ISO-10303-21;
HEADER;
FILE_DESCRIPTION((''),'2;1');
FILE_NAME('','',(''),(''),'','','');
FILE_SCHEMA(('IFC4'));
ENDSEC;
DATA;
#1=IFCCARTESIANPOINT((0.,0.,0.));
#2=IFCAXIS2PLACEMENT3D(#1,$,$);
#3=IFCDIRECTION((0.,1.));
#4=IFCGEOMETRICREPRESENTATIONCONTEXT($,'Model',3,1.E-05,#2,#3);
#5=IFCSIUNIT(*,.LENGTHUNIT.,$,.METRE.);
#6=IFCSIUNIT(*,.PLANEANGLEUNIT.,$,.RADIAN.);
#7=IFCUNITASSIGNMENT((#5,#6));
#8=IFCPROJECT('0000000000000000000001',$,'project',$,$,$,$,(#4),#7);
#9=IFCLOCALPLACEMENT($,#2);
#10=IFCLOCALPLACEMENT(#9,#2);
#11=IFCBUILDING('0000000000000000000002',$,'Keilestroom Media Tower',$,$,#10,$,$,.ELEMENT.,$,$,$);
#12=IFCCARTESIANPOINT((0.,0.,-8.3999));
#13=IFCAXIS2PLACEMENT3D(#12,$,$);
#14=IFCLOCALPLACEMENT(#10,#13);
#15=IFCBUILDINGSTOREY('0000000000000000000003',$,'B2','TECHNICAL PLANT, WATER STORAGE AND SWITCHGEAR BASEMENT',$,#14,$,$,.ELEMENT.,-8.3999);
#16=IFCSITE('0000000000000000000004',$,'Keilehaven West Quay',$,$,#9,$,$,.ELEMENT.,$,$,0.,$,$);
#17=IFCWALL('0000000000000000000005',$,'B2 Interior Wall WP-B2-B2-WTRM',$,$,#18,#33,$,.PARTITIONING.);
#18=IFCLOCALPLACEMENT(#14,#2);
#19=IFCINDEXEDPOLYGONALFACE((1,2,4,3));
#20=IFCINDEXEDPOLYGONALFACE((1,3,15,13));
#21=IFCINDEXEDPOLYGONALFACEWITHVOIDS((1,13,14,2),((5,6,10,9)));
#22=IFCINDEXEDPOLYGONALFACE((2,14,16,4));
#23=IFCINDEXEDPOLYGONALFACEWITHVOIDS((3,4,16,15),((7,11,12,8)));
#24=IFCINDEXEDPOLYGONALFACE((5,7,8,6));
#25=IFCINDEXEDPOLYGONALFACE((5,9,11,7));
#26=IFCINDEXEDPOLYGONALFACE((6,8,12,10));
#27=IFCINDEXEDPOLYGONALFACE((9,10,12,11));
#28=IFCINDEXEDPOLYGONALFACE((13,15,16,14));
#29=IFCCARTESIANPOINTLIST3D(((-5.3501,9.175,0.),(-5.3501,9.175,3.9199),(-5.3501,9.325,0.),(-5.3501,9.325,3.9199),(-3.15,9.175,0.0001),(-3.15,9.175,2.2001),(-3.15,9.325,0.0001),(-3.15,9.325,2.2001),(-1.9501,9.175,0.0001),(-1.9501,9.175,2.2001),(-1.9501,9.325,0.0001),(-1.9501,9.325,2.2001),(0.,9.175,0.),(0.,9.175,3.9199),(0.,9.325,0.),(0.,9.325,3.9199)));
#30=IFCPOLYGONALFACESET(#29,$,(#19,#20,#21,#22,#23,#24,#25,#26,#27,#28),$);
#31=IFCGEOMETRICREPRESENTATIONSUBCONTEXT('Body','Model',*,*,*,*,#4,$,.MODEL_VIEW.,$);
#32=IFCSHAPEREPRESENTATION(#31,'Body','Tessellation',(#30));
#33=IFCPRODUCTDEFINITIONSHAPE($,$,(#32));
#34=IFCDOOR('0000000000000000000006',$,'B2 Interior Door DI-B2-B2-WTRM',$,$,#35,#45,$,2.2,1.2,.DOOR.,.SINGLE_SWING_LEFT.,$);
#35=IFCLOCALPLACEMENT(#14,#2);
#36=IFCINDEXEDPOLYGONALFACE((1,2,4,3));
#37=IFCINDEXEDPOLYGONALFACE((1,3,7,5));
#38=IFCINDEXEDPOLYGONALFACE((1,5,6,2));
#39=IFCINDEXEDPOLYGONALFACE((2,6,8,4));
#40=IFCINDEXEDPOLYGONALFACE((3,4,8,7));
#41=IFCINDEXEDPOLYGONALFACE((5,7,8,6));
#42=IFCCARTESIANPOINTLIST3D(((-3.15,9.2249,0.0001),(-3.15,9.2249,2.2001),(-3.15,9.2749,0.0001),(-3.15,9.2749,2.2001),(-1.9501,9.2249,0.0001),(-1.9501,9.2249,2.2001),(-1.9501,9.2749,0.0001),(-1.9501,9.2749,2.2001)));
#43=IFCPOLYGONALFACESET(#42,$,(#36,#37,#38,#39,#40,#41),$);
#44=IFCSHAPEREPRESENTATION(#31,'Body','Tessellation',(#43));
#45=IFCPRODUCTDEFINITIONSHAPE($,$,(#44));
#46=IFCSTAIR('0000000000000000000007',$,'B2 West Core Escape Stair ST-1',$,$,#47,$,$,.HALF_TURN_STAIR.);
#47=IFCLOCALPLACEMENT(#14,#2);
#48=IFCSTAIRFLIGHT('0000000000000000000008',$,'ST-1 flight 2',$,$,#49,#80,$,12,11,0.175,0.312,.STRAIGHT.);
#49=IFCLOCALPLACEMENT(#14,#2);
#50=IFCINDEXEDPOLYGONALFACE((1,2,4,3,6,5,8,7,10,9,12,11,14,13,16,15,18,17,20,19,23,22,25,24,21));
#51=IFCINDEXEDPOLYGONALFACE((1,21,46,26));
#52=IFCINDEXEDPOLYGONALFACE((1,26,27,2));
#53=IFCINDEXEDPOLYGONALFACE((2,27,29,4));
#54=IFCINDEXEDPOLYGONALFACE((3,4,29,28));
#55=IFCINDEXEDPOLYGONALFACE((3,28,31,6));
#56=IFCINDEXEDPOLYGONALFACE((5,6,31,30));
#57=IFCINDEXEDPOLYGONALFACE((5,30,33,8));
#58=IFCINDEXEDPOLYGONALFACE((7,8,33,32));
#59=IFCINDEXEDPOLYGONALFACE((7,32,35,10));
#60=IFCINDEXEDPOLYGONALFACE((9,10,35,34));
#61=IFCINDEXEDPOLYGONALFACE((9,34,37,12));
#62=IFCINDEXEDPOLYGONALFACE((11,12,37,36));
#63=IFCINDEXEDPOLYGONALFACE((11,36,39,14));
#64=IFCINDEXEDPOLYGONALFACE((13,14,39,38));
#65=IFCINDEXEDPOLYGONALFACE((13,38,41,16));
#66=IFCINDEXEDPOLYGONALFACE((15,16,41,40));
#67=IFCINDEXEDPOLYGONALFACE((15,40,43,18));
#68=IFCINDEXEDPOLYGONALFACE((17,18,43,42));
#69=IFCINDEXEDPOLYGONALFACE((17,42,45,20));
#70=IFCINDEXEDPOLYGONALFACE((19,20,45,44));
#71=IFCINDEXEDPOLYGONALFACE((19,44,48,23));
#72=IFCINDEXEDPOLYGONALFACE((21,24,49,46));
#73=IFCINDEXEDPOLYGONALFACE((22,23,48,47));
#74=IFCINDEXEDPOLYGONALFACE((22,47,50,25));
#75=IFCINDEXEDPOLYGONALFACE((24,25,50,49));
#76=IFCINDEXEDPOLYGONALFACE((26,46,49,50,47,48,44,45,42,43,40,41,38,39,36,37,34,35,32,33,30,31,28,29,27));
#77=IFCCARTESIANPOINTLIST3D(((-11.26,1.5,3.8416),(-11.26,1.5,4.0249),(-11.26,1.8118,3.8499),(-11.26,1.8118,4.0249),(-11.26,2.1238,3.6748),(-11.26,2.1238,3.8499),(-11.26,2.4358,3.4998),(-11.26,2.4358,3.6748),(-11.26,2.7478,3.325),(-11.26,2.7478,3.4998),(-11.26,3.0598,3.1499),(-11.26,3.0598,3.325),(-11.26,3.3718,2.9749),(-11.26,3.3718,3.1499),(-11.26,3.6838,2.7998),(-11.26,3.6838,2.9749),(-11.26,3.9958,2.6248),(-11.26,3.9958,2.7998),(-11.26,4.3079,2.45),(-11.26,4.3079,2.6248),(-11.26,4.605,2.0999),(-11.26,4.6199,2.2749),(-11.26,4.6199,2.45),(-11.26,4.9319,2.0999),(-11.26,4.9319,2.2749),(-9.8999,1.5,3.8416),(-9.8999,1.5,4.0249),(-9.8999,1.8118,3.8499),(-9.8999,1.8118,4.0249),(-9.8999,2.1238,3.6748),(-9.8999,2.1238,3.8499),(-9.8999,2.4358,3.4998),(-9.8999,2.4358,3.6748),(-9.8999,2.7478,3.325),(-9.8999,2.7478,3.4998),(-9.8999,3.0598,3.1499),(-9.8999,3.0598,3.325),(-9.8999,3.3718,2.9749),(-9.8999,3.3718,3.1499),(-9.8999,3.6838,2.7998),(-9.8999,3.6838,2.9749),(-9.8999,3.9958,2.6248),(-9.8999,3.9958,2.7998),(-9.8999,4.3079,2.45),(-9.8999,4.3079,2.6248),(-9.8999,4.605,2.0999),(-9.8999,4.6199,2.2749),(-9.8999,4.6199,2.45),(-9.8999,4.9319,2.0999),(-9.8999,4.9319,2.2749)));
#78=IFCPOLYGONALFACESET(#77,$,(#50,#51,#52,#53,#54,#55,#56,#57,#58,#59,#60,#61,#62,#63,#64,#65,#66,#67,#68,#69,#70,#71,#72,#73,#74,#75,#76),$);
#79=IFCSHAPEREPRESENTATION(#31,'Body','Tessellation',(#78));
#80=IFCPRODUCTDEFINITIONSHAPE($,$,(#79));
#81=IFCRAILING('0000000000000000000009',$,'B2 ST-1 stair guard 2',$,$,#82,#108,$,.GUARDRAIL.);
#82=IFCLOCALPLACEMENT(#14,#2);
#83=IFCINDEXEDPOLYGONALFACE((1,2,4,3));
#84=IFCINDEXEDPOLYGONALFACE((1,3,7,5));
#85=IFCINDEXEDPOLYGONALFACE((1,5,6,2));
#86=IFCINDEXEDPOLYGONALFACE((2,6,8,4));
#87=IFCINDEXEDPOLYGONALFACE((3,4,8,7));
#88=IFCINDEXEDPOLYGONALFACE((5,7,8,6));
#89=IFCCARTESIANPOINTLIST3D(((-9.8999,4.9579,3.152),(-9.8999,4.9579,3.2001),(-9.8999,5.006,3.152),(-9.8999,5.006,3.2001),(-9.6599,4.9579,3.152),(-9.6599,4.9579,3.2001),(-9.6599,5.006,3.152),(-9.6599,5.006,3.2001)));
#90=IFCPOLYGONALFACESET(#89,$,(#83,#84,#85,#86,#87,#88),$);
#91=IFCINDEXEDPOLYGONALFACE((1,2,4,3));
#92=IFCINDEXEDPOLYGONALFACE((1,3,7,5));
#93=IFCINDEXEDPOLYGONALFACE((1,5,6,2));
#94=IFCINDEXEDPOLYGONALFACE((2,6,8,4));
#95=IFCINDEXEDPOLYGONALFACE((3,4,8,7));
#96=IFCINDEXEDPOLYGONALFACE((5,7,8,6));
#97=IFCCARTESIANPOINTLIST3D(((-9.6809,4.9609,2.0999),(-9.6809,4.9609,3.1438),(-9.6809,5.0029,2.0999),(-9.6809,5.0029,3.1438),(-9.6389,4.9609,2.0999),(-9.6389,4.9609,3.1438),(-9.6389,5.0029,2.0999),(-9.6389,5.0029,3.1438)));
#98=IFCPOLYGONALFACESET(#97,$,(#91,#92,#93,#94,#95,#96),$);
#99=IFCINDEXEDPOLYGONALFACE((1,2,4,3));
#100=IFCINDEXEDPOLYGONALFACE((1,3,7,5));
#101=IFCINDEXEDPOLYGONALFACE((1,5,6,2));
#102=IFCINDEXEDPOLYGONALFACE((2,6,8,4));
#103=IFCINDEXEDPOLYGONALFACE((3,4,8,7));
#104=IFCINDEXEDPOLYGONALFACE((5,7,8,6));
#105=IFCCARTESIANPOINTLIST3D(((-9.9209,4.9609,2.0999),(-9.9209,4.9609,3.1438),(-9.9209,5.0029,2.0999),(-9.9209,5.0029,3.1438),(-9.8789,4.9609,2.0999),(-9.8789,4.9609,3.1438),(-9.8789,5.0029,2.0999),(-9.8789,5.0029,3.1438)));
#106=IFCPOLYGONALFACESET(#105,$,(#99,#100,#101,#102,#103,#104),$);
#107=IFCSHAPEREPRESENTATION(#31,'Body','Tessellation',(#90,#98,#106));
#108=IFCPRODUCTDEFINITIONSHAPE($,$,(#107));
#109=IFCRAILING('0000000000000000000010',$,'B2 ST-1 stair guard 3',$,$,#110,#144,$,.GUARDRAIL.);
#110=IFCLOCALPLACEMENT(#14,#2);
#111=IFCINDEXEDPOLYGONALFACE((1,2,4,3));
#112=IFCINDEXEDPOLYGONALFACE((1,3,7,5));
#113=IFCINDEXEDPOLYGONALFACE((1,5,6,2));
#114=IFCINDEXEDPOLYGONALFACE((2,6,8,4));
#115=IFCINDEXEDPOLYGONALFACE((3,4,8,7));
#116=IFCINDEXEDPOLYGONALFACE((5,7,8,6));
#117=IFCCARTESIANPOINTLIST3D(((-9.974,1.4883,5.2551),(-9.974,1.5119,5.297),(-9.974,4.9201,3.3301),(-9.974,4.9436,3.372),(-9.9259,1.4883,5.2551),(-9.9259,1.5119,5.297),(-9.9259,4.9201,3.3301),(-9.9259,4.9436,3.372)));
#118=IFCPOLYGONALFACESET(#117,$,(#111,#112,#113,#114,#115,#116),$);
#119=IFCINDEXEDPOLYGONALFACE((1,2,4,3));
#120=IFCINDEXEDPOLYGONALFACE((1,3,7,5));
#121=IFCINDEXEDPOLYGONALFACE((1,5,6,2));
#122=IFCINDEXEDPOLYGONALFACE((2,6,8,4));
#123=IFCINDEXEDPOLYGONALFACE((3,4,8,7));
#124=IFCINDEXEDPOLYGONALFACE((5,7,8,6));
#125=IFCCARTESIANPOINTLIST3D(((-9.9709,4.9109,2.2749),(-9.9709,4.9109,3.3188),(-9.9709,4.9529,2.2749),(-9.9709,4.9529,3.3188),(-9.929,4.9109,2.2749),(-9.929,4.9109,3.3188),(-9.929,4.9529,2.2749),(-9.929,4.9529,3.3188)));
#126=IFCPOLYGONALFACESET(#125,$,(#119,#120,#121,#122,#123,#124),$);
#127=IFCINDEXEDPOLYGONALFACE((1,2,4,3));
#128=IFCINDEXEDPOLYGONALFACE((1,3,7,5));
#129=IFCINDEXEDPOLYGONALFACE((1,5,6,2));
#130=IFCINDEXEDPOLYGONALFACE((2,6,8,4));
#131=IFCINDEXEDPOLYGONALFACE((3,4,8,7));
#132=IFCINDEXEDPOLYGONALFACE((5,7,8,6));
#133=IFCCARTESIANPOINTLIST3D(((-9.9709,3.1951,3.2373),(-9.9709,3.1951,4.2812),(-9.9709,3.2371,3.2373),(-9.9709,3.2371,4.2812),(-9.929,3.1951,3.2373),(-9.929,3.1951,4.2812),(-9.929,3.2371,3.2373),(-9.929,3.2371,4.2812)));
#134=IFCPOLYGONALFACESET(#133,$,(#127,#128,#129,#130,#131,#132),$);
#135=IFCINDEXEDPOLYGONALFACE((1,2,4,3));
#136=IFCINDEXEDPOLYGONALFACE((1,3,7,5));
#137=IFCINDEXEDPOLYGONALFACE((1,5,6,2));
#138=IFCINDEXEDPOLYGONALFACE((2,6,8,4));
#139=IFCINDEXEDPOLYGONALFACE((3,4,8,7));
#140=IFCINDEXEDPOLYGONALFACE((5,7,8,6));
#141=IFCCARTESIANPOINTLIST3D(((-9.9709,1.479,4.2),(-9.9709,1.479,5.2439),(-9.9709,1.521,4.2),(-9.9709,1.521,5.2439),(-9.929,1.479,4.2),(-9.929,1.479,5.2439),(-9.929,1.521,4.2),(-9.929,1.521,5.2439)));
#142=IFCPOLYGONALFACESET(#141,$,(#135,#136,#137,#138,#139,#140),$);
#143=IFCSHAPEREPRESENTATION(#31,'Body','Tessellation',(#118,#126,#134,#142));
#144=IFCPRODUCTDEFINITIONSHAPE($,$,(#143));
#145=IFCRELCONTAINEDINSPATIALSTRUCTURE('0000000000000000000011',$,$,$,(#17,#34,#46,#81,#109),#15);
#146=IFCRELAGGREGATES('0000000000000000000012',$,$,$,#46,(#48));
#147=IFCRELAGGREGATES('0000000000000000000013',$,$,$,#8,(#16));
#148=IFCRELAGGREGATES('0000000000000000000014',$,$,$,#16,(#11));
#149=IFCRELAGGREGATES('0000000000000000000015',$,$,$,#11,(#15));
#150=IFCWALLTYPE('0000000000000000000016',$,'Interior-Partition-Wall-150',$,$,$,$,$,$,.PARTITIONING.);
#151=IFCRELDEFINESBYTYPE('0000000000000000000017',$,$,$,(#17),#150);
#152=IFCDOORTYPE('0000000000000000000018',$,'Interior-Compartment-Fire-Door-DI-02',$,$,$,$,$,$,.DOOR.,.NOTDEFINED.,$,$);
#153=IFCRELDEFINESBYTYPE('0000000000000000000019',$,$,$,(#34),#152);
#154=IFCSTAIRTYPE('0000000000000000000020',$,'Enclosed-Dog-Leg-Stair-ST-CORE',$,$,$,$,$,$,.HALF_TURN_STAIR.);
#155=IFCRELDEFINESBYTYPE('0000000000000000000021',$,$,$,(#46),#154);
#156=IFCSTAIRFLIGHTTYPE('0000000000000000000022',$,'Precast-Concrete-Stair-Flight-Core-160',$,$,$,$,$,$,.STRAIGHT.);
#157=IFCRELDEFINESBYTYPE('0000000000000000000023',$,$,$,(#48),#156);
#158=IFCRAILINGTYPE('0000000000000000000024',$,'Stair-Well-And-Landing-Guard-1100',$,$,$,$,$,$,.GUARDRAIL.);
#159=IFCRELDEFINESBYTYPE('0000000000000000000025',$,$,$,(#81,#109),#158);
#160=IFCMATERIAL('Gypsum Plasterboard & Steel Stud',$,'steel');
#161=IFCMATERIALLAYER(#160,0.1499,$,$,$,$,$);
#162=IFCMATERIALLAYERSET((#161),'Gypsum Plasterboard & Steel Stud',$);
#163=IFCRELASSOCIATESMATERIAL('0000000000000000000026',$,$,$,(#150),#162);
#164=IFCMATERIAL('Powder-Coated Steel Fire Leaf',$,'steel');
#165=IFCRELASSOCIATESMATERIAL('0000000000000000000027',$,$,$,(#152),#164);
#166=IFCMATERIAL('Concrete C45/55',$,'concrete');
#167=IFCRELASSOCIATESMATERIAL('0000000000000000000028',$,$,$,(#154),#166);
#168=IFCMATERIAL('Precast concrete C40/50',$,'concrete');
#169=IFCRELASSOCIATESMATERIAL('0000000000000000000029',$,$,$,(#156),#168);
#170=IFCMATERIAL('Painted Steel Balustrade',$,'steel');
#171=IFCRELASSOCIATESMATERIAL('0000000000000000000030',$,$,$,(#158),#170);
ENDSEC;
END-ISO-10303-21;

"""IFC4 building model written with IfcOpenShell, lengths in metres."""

from ifc_helpers import new_model, si_unit, direction, frame, frame_2d, origin, origin_2d, place, context, subcontext, project, spatial, polyline, rectangle, outline, extrude, source, transform, mapped, material, layer, layer_set, type_object, element, fill, aggregate, save


model = new_model("IFC4")

# Units and contexts
model_context = context("Model", 3, precision=1e-05, world=origin(), true_north=direction((0.0, 1.0)))
body_context = subcontext(model_context, "Body", "Model", "MODEL_VIEW")
ifc_project = project(units=[si_unit("LENGTHUNIT", "METRE"), si_unit("PLANEANGLEUNIT", "RADIAN")], contexts=[model_context])

# Site, building, storey
site_placement = place(None, origin())
site = spatial("IfcSite", under=ifc_project, at=site_placement, Name="Keilehaven West Quay", CompositionType="ELEMENT", RefElevation=0.0)
building_placement = place(site_placement, origin())
building = spatial("IfcBuilding", under=site, at=building_placement, Name="Keilestroom Media Tower", CompositionType="ELEMENT")
storey_placement = place(building_placement, frame((0.0, 0.0, -8.3999)))
storey = spatial("IfcBuildingStorey", under=building, at=storey_placement, Name="B2", Description="TECHNICAL PLANT, WATER STORAGE AND SWITCHGEAR BASEMENT", CompositionType="ELEMENT", Elevation=-8.3999)

# Shared definitions
ifc_material_1 = material(Name="Concrete C45/55", Category="concrete")

# Wall, opening, door
ifc_material_2 = material(Name="Gypsum Plasterboard & Steel Stud", Category="steel")
ifc_layer = layer(ifc_material_2, 0.1499)
ifc_layer_set = layer_set([ifc_layer], Name="Gypsum Plasterboard & Steel Stud")
wall_type = type_object("IfcWallType", Name="Interior-Partition-Wall-150", PredefinedType="PARTITIONING", material=ifc_layer_set)
wall_placement = place(storey_placement, frame((-5.3501, 9.25, 0.0), z_axis=(0.0, 0.0, 1.0), x_axis=(1.0, 0.0, 0.0)))
wall = element("IfcWall", 1, at=wall_placement, inside=storey, type_object=wall_type, Name="B2 Interior Wall WP-B2-B2-WTRM", PredefinedType="PARTITIONING", context=body_context, shape_type="SweptSolid", body=[
    extrude(rectangle(XDim=5.3501, YDim=0.1499, at=frame_2d((2.675, 0.0))), origin(), (0.0, 0.0, 1.0), 3.9199),
])
opening_placement = place(wall_placement, frame((2.2, 0.0, 0.0)))
opening = element("IfcOpeningElement", 2, at=opening_placement, cuts=wall, PredefinedType="OPENING", context=body_context, shape_type="SweptSolid", body=[
    extrude(rectangle(XDim=1.2, YDim=2.2, at=frame_2d((0.6001, 1.1001))), frame((0.0, 0.085, 0.0), z_axis=(0.0, -1.0, 0.0), x_axis=(1.0, 0.0, 0.0)), (0.0, 0.0, 1.0), 0.1699),
])
ifc_material_3 = material(Name="Powder-Coated Steel Fire Leaf", Category="steel")
door_type = type_object("IfcDoorType", Name="Interior-Compartment-Fire-Door-DI-02", OperationType="NOTDEFINED", PredefinedType="DOOR", material=ifc_material_3)
shared_shape_1 = source(origin(), body_context, "Body", "SweptSolid", [
    extrude(rectangle(XDim=1.2, YDim=2.2, at=frame_2d((0.6001, 1.1001))), frame((0.0, 0.0249, 0.0), z_axis=(0.0, -1.0, 0.0), x_axis=(1.0, 0.0, 0.0)), (0.0, 0.0, 1.0), 0.05),
])
door_placement = place(opening_placement, origin())
door = element("IfcDoor", 3, at=door_placement, inside=storey, type_object=door_type, Name="B2 Interior Door DI-B2-B2-WTRM", OperationType="SINGLE_SWING_LEFT", OverallHeight=2.2, OverallWidth=1.2, PredefinedType="DOOR", context=body_context, shape_type="MappedRepresentation", body=[
    mapped(shared_shape_1, transform((0.0, 0.0, 0.0), x_axis=(1.0, 0.0, 0.0), y_axis=(0.0, 1.0, 0.0), z_axis=(0.0, 0.0, 1.0), scale=1.0)),
])
fill(opening, door)

# Stair, stair flight
stair_type = type_object("IfcStairType", Name="Enclosed-Dog-Leg-Stair-ST-CORE", PredefinedType="HALF_TURN_STAIR", material=ifc_material_1)
stair_placement = place(storey_placement, origin())
stair = element("IfcStair", 4, at=stair_placement, inside=storey, type_object=stair_type, Name="B2 West Core Escape Stair ST-1", PredefinedType="HALF_TURN_STAIR")
ifc_material_4 = material(Name="Precast concrete C40/50", Category="concrete")
stair_flight_type = type_object("IfcStairFlightType", Name="Precast-Concrete-Stair-Flight-Core-160", PredefinedType="STRAIGHT", material=ifc_material_4)
stair_flight_placement = place(storey_placement, frame((-10.5801, 4.9319, 2.0999), z_axis=(0.0, 0.0, 1.0), x_axis=(0.0, -1.0, 0.0)))
stair_flight = element("IfcStairFlight", 5, at=stair_flight_placement, type_object=stair_flight_type, Name="ST-1 flight 2", NumberOfRisers=12, NumberOfTreads=11, PredefinedType="STRAIGHT", RiserHeight=0.175, TreadLength=0.312, context=body_context, shape_type="SweptSolid", body=[
    extrude(outline(polyline([(0.0, 0.0), (0.0, 0.175), (0.312, 0.175), (0.312, 0.3501), (0.624, 0.3501), (0.624, 0.5249), (0.936, 0.5249), (0.936, 0.7), (1.248, 0.7), (1.248, 0.875), (1.5601, 0.875), (1.5601, 1.05), (1.8721, 1.05), (1.8721, 1.2251), (2.1841, 1.2251), (2.1841, 1.3999), (2.4961, 1.3999), (2.4961, 1.575), (2.8081, 1.575), (2.8081, 1.75), (3.1201, 1.75), (3.1201, 1.925), (3.4319, 1.925), (3.4319, 2.1001), (3.4319, 1.7417), (0.3269, 0.0), (0.0, 0.0)])), frame((0.0, 0.6802, 0.0), z_axis=(0.0, -1.0, 0.0), x_axis=(1.0, 0.0, 0.0)), (0.0, 0.0, 1.0), 1.3601),
])
aggregate(stair, [stair_flight])

# Railings
ifc_material_5 = material(Name="Painted Steel Balustrade", Category="steel")
railing_type = type_object("IfcRailingType", Name="Stair-Well-And-Landing-Guard-1100", PredefinedType="GUARDRAIL", material=ifc_material_5)
railing_1_placement = place(storey_placement, frame((-9.6599, 4.9819, 2.0999)))
element("IfcRailing", 6, at=railing_1_placement, inside=storey, type_object=railing_type, Name="B2 ST-1 stair guard 2", PredefinedType="GUARDRAIL", context=body_context, shape_type="SweptSolid", body=[
    extrude(rectangle(XDim=0.0481, YDim=0.0481, at=origin_2d()), frame((0.0, 0.0, 1.0762), z_axis=(-1.0, 0.0, 0.0), x_axis=(0.0, -1.0, 0.0)), (0.0, 0.0, 1.0), 0.24),
    extrude(rectangle(XDim=0.042, YDim=0.042, at=origin_2d()), origin(), (0.0, 0.0, 1.0), 1.0439),
    extrude(rectangle(XDim=0.042, YDim=0.042, at=origin_2d()), frame((-0.24, 0.0, 0.0)), (0.0, 0.0, 1.0), 1.0439),
])
railing_2_placement = place(storey_placement, frame((-9.95, 4.9319, 2.2749)))
element("IfcRailing", 7, at=railing_2_placement, inside=storey, type_object=railing_type, Name="B2 ST-1 stair guard 3", PredefinedType="GUARDRAIL", context=body_context, shape_type="SweptSolid", body=[
    extrude(rectangle(XDim=0.0481, YDim=0.0481, at=origin_2d()), frame((0.0, 0.0, 1.0762), z_axis=(0.0, -0.87216, 0.489221), x_axis=(1.0, 0.0, 0.0)), (0.0, 0.0, 1.0), 3.9348),
    extrude(rectangle(XDim=0.042, YDim=0.042, at=origin_2d()), origin(), (0.0, 0.0, 1.0), 1.0439),
    extrude(rectangle(XDim=0.042, YDim=0.042, at=origin_2d()), frame((0.0, -1.7158, 0.9624)), (0.0, 0.0, 1.0), 1.0439),
    extrude(rectangle(XDim=0.042, YDim=0.042, at=origin_2d()), frame((0.0, -3.4319, 1.925)), (0.0, 0.0, 1.0), 1.0439),
])

save(model, "model.ifc")
